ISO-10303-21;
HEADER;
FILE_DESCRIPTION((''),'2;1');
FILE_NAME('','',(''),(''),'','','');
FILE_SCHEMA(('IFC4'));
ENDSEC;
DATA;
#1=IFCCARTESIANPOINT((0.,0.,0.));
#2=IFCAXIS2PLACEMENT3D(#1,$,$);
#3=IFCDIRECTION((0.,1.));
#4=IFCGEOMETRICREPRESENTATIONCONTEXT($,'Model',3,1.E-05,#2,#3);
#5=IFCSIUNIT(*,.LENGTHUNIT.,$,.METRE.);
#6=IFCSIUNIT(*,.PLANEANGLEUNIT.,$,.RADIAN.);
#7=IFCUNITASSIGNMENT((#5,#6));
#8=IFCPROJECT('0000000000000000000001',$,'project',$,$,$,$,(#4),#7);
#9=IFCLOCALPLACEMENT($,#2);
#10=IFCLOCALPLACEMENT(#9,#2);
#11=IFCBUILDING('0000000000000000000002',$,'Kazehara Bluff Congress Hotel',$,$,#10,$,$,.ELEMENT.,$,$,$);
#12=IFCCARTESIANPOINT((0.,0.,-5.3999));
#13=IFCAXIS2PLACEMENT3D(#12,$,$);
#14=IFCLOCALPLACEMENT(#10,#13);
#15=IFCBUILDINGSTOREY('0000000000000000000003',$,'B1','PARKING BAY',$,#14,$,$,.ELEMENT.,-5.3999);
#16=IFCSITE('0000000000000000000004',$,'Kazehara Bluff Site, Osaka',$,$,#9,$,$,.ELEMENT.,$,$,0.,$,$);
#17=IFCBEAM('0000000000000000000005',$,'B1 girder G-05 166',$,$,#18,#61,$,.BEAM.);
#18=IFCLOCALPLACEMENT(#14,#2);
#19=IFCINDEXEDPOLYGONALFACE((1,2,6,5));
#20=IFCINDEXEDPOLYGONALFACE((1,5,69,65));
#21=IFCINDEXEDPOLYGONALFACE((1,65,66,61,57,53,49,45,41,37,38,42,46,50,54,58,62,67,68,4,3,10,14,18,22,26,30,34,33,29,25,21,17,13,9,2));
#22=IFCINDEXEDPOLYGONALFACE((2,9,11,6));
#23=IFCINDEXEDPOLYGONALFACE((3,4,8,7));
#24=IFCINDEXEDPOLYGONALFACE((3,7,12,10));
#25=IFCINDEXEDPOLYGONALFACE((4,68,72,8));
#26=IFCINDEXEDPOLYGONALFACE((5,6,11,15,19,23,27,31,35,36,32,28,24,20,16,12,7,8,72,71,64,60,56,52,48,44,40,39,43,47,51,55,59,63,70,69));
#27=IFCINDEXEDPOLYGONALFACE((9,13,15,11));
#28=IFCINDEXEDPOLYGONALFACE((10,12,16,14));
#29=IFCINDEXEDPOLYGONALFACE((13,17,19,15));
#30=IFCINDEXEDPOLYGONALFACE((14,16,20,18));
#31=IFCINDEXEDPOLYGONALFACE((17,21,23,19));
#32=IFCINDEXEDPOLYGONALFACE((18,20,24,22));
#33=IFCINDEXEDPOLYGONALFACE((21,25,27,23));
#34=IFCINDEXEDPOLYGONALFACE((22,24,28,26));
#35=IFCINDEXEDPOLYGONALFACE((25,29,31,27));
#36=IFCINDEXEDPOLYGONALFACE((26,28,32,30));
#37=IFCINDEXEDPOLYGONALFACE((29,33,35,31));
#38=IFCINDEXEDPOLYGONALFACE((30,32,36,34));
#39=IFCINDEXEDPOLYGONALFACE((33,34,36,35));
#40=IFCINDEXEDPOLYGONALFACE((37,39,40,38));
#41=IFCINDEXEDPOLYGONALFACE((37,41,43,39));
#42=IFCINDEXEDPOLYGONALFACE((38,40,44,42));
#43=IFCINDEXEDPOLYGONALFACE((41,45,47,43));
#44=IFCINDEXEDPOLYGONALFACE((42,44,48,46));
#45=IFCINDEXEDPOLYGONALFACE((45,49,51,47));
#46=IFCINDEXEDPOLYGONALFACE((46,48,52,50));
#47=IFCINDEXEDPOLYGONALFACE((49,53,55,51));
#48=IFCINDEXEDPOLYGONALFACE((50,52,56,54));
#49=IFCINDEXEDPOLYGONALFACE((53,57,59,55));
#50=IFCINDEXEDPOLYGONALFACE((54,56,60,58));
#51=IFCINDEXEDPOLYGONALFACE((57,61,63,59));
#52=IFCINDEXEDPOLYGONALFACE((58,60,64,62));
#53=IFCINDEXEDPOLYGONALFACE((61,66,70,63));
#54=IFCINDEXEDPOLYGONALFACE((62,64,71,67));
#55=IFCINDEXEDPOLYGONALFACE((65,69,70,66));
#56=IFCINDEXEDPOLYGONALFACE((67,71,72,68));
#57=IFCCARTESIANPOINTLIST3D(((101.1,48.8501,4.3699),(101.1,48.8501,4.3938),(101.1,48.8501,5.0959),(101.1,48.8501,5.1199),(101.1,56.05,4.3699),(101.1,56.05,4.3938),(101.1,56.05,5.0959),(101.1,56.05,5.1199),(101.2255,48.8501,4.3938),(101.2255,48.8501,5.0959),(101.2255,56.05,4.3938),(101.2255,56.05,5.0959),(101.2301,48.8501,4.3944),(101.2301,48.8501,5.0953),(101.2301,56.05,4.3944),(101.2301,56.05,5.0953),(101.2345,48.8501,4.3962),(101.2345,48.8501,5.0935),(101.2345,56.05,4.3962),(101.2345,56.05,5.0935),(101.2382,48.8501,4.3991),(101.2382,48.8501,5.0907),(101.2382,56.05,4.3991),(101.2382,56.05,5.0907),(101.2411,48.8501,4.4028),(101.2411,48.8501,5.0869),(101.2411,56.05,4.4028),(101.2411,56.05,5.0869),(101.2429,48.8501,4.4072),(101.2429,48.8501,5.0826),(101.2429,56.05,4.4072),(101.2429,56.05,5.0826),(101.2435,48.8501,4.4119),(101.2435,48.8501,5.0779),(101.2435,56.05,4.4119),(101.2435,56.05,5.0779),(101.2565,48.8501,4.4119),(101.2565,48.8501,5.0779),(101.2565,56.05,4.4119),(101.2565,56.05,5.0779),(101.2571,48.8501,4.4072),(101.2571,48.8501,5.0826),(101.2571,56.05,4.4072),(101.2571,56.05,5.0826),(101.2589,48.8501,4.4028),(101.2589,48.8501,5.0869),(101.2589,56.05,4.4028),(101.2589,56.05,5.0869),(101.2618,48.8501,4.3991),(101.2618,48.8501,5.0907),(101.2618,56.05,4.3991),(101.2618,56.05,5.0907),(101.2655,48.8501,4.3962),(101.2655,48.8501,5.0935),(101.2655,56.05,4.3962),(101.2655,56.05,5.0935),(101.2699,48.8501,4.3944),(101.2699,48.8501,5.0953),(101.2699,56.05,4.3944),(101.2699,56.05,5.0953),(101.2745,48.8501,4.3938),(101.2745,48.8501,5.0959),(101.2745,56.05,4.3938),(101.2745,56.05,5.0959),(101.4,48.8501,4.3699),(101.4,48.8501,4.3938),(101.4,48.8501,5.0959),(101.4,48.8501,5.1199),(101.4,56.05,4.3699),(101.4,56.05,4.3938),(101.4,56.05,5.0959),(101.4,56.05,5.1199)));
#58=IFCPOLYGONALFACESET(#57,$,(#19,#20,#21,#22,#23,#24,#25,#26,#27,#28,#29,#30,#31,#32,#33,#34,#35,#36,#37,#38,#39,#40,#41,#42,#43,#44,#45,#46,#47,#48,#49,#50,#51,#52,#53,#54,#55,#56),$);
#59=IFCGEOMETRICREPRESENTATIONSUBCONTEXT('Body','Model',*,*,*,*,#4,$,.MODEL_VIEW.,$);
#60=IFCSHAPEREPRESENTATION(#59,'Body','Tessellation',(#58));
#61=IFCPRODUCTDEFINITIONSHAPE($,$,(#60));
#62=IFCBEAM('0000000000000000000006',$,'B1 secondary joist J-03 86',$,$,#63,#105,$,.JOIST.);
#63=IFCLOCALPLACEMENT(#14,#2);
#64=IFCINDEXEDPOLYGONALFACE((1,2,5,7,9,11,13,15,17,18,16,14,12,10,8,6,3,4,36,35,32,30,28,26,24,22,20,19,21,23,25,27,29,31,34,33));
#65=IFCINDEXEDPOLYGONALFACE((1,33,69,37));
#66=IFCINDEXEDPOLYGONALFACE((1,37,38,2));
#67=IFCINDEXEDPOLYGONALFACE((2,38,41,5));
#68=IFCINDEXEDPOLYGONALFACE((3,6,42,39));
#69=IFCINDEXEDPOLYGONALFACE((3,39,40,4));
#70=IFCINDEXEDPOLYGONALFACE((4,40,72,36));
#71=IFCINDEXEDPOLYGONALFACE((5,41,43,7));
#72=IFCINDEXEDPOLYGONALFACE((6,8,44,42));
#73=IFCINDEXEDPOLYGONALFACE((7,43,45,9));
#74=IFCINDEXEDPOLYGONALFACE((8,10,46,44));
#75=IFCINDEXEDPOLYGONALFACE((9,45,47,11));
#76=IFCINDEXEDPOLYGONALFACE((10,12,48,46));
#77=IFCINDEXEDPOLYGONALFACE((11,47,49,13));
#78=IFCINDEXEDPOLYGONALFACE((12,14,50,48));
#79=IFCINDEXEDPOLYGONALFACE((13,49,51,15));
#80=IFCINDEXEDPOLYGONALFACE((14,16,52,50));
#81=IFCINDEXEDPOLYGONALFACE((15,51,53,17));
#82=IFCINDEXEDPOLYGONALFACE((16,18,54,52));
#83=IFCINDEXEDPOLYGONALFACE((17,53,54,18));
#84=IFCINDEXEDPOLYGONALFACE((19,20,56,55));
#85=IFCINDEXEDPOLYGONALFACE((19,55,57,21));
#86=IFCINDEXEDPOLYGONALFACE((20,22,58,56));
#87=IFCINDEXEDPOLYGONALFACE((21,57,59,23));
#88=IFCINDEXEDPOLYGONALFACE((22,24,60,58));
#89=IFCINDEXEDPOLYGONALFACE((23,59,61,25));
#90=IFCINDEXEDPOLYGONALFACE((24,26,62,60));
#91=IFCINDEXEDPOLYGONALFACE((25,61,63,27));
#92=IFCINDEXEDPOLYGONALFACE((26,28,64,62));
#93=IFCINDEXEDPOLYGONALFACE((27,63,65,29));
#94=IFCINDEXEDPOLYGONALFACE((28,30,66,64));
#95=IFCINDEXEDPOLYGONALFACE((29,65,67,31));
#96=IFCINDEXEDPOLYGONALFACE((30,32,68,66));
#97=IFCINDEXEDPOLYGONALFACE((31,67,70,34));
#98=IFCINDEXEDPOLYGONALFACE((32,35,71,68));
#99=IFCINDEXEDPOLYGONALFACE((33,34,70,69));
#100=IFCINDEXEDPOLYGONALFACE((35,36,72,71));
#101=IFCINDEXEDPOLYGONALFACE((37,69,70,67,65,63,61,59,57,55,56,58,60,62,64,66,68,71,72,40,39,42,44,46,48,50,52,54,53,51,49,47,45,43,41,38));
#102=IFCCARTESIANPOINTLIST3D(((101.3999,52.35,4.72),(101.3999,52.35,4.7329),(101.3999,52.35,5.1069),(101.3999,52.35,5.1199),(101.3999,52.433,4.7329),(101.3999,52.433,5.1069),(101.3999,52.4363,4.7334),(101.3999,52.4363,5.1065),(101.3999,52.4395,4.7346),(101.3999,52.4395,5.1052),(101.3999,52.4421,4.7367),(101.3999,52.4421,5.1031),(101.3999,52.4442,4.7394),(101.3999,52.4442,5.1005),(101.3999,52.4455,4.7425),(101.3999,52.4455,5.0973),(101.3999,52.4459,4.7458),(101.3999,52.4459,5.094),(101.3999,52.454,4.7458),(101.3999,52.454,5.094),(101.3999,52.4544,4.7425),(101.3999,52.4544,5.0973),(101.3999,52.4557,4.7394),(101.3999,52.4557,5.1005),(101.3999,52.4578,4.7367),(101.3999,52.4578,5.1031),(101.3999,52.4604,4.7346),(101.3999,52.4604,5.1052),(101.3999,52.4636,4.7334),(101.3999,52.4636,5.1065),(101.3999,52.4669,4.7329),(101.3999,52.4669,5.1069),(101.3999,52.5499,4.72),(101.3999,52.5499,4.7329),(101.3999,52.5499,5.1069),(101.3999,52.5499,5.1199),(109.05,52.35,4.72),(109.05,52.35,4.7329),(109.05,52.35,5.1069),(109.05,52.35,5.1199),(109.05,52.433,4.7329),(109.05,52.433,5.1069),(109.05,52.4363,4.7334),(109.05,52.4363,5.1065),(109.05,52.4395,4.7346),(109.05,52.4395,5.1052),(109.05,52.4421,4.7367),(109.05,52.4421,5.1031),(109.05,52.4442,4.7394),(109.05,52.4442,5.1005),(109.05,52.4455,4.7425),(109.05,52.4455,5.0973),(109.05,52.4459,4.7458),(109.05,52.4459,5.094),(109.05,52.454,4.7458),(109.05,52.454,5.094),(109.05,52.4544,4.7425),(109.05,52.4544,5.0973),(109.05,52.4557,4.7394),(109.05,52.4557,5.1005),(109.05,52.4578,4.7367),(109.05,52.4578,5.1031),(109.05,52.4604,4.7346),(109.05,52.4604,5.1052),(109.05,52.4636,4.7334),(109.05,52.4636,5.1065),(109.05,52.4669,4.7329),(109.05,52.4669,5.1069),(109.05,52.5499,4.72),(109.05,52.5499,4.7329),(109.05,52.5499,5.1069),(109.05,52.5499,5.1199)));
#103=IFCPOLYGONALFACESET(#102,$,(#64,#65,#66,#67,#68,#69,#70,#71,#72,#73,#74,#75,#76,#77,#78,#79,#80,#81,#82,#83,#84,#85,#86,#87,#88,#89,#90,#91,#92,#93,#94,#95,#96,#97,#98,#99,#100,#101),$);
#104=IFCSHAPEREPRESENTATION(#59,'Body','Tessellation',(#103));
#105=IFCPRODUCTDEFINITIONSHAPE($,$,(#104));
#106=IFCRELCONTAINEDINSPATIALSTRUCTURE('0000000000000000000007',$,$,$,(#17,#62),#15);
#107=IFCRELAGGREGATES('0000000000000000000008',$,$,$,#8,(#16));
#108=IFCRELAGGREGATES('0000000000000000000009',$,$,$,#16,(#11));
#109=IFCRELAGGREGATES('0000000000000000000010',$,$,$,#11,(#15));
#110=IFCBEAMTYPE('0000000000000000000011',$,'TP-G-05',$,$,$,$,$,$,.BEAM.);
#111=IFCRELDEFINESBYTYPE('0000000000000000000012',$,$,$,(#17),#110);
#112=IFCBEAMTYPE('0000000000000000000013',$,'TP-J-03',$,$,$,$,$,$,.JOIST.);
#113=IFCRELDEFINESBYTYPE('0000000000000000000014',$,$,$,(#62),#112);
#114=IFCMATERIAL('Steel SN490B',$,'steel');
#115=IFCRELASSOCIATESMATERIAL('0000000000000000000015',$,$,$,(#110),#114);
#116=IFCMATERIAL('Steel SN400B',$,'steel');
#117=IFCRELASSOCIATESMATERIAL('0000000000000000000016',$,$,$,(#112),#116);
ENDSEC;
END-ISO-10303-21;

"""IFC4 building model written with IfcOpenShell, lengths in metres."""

from ifc_helpers import new_model, si_unit, direction, frame, origin, origin_2d, place, context, subcontext, project, spatial, i_section, extrude, material, material_profile, profile_set, type_object, element, save


model = new_model("IFC4")

# Units and contexts
model_context = context("Model", 3, precision=1e-05, world=origin(), true_north=direction((0.0, 1.0)))
body_context = subcontext(model_context, "Body", "Model", "MODEL_VIEW")
ifc_project = project(units=[si_unit("LENGTHUNIT", "METRE"), si_unit("PLANEANGLEUNIT", "RADIAN")], contexts=[model_context])

# Site, building, storey
site_placement = place(None, origin())
site = spatial("IfcSite", under=ifc_project, at=site_placement, Name="Kazehara Bluff Site, Osaka", CompositionType="ELEMENT", RefElevation=0.0)
building_placement = place(site_placement, origin())
building = spatial("IfcBuilding", under=site, at=building_placement, Name="Kazehara Bluff Congress Hotel", CompositionType="ELEMENT")
storey_placement = place(building_placement, frame((0.0, 0.0, -5.3999)))
storey = spatial("IfcBuildingStorey", under=building, at=storey_placement, Name="B1", Description="PARKING BAY", CompositionType="ELEMENT", Elevation=-5.3999)

# Beams
ifc_material_1 = material(Name="Steel SN490B", Category="steel")
ifc_material_profile_1 = material_profile(ifc_material_1, i_section(OverallWidth=0.3, OverallDepth=0.75, WebThickness=0.0129, FlangeThickness=0.0239, FilletRadius=0.0181, at=origin_2d()))
ifc_profile_set_1 = profile_set([ifc_material_profile_1], Name="Steel SN490B")
beam_type_1 = type_object("IfcBeamType", Name="TP-G-05", PredefinedType="BEAM", material=ifc_profile_set_1)
beam_1_placement = place(storey_placement, frame((101.25, 48.8501, 4.7449), z_axis=(0.0, 1.0, 0.0), x_axis=(-1.0, 0.0, 0.0)))
element("IfcBeam", 1, at=beam_1_placement, inside=storey, type_object=beam_type_1, Name="B1 girder G-05 166", PredefinedType="BEAM", context=body_context, shape_type="SweptSolid", body=[
    extrude(i_section(OverallWidth=0.3, OverallDepth=0.75, WebThickness=0.0129, FlangeThickness=0.0239, FilletRadius=0.0181, at=origin_2d()), origin(), (0.0, 0.0, 1.0), 7.2),
])
ifc_material_2 = material(Name="Steel SN400B", Category="steel")
ifc_material_profile_2 = material_profile(ifc_material_2, i_section(OverallWidth=0.2, OverallDepth=0.3999, WebThickness=0.0081, FlangeThickness=0.0129, FilletRadius=0.0129, at=origin_2d()))
ifc_profile_set_2 = profile_set([ifc_material_profile_2], Name="Steel SN400B")
beam_type_2 = type_object("IfcBeamType", Name="TP-J-03", PredefinedType="JOIST", material=ifc_profile_set_2)
beam_2_placement = place(storey_placement, frame((101.3999, 52.45, 4.9199), z_axis=(1.0, 0.0, 0.0), x_axis=(0.0, 1.0, 0.0)))
element("IfcBeam", 2, at=beam_2_placement, inside=storey, type_object=beam_type_2, Name="B1 secondary joist J-03 86", PredefinedType="JOIST", context=body_context, shape_type="SweptSolid", body=[
    extrude(i_section(OverallWidth=0.2, OverallDepth=0.3999, WebThickness=0.0081, FlangeThickness=0.0129, FilletRadius=0.0129, at=origin_2d()), origin(), (0.0, 0.0, 1.0), 7.6501),
])

save(model, "model.ifc")
